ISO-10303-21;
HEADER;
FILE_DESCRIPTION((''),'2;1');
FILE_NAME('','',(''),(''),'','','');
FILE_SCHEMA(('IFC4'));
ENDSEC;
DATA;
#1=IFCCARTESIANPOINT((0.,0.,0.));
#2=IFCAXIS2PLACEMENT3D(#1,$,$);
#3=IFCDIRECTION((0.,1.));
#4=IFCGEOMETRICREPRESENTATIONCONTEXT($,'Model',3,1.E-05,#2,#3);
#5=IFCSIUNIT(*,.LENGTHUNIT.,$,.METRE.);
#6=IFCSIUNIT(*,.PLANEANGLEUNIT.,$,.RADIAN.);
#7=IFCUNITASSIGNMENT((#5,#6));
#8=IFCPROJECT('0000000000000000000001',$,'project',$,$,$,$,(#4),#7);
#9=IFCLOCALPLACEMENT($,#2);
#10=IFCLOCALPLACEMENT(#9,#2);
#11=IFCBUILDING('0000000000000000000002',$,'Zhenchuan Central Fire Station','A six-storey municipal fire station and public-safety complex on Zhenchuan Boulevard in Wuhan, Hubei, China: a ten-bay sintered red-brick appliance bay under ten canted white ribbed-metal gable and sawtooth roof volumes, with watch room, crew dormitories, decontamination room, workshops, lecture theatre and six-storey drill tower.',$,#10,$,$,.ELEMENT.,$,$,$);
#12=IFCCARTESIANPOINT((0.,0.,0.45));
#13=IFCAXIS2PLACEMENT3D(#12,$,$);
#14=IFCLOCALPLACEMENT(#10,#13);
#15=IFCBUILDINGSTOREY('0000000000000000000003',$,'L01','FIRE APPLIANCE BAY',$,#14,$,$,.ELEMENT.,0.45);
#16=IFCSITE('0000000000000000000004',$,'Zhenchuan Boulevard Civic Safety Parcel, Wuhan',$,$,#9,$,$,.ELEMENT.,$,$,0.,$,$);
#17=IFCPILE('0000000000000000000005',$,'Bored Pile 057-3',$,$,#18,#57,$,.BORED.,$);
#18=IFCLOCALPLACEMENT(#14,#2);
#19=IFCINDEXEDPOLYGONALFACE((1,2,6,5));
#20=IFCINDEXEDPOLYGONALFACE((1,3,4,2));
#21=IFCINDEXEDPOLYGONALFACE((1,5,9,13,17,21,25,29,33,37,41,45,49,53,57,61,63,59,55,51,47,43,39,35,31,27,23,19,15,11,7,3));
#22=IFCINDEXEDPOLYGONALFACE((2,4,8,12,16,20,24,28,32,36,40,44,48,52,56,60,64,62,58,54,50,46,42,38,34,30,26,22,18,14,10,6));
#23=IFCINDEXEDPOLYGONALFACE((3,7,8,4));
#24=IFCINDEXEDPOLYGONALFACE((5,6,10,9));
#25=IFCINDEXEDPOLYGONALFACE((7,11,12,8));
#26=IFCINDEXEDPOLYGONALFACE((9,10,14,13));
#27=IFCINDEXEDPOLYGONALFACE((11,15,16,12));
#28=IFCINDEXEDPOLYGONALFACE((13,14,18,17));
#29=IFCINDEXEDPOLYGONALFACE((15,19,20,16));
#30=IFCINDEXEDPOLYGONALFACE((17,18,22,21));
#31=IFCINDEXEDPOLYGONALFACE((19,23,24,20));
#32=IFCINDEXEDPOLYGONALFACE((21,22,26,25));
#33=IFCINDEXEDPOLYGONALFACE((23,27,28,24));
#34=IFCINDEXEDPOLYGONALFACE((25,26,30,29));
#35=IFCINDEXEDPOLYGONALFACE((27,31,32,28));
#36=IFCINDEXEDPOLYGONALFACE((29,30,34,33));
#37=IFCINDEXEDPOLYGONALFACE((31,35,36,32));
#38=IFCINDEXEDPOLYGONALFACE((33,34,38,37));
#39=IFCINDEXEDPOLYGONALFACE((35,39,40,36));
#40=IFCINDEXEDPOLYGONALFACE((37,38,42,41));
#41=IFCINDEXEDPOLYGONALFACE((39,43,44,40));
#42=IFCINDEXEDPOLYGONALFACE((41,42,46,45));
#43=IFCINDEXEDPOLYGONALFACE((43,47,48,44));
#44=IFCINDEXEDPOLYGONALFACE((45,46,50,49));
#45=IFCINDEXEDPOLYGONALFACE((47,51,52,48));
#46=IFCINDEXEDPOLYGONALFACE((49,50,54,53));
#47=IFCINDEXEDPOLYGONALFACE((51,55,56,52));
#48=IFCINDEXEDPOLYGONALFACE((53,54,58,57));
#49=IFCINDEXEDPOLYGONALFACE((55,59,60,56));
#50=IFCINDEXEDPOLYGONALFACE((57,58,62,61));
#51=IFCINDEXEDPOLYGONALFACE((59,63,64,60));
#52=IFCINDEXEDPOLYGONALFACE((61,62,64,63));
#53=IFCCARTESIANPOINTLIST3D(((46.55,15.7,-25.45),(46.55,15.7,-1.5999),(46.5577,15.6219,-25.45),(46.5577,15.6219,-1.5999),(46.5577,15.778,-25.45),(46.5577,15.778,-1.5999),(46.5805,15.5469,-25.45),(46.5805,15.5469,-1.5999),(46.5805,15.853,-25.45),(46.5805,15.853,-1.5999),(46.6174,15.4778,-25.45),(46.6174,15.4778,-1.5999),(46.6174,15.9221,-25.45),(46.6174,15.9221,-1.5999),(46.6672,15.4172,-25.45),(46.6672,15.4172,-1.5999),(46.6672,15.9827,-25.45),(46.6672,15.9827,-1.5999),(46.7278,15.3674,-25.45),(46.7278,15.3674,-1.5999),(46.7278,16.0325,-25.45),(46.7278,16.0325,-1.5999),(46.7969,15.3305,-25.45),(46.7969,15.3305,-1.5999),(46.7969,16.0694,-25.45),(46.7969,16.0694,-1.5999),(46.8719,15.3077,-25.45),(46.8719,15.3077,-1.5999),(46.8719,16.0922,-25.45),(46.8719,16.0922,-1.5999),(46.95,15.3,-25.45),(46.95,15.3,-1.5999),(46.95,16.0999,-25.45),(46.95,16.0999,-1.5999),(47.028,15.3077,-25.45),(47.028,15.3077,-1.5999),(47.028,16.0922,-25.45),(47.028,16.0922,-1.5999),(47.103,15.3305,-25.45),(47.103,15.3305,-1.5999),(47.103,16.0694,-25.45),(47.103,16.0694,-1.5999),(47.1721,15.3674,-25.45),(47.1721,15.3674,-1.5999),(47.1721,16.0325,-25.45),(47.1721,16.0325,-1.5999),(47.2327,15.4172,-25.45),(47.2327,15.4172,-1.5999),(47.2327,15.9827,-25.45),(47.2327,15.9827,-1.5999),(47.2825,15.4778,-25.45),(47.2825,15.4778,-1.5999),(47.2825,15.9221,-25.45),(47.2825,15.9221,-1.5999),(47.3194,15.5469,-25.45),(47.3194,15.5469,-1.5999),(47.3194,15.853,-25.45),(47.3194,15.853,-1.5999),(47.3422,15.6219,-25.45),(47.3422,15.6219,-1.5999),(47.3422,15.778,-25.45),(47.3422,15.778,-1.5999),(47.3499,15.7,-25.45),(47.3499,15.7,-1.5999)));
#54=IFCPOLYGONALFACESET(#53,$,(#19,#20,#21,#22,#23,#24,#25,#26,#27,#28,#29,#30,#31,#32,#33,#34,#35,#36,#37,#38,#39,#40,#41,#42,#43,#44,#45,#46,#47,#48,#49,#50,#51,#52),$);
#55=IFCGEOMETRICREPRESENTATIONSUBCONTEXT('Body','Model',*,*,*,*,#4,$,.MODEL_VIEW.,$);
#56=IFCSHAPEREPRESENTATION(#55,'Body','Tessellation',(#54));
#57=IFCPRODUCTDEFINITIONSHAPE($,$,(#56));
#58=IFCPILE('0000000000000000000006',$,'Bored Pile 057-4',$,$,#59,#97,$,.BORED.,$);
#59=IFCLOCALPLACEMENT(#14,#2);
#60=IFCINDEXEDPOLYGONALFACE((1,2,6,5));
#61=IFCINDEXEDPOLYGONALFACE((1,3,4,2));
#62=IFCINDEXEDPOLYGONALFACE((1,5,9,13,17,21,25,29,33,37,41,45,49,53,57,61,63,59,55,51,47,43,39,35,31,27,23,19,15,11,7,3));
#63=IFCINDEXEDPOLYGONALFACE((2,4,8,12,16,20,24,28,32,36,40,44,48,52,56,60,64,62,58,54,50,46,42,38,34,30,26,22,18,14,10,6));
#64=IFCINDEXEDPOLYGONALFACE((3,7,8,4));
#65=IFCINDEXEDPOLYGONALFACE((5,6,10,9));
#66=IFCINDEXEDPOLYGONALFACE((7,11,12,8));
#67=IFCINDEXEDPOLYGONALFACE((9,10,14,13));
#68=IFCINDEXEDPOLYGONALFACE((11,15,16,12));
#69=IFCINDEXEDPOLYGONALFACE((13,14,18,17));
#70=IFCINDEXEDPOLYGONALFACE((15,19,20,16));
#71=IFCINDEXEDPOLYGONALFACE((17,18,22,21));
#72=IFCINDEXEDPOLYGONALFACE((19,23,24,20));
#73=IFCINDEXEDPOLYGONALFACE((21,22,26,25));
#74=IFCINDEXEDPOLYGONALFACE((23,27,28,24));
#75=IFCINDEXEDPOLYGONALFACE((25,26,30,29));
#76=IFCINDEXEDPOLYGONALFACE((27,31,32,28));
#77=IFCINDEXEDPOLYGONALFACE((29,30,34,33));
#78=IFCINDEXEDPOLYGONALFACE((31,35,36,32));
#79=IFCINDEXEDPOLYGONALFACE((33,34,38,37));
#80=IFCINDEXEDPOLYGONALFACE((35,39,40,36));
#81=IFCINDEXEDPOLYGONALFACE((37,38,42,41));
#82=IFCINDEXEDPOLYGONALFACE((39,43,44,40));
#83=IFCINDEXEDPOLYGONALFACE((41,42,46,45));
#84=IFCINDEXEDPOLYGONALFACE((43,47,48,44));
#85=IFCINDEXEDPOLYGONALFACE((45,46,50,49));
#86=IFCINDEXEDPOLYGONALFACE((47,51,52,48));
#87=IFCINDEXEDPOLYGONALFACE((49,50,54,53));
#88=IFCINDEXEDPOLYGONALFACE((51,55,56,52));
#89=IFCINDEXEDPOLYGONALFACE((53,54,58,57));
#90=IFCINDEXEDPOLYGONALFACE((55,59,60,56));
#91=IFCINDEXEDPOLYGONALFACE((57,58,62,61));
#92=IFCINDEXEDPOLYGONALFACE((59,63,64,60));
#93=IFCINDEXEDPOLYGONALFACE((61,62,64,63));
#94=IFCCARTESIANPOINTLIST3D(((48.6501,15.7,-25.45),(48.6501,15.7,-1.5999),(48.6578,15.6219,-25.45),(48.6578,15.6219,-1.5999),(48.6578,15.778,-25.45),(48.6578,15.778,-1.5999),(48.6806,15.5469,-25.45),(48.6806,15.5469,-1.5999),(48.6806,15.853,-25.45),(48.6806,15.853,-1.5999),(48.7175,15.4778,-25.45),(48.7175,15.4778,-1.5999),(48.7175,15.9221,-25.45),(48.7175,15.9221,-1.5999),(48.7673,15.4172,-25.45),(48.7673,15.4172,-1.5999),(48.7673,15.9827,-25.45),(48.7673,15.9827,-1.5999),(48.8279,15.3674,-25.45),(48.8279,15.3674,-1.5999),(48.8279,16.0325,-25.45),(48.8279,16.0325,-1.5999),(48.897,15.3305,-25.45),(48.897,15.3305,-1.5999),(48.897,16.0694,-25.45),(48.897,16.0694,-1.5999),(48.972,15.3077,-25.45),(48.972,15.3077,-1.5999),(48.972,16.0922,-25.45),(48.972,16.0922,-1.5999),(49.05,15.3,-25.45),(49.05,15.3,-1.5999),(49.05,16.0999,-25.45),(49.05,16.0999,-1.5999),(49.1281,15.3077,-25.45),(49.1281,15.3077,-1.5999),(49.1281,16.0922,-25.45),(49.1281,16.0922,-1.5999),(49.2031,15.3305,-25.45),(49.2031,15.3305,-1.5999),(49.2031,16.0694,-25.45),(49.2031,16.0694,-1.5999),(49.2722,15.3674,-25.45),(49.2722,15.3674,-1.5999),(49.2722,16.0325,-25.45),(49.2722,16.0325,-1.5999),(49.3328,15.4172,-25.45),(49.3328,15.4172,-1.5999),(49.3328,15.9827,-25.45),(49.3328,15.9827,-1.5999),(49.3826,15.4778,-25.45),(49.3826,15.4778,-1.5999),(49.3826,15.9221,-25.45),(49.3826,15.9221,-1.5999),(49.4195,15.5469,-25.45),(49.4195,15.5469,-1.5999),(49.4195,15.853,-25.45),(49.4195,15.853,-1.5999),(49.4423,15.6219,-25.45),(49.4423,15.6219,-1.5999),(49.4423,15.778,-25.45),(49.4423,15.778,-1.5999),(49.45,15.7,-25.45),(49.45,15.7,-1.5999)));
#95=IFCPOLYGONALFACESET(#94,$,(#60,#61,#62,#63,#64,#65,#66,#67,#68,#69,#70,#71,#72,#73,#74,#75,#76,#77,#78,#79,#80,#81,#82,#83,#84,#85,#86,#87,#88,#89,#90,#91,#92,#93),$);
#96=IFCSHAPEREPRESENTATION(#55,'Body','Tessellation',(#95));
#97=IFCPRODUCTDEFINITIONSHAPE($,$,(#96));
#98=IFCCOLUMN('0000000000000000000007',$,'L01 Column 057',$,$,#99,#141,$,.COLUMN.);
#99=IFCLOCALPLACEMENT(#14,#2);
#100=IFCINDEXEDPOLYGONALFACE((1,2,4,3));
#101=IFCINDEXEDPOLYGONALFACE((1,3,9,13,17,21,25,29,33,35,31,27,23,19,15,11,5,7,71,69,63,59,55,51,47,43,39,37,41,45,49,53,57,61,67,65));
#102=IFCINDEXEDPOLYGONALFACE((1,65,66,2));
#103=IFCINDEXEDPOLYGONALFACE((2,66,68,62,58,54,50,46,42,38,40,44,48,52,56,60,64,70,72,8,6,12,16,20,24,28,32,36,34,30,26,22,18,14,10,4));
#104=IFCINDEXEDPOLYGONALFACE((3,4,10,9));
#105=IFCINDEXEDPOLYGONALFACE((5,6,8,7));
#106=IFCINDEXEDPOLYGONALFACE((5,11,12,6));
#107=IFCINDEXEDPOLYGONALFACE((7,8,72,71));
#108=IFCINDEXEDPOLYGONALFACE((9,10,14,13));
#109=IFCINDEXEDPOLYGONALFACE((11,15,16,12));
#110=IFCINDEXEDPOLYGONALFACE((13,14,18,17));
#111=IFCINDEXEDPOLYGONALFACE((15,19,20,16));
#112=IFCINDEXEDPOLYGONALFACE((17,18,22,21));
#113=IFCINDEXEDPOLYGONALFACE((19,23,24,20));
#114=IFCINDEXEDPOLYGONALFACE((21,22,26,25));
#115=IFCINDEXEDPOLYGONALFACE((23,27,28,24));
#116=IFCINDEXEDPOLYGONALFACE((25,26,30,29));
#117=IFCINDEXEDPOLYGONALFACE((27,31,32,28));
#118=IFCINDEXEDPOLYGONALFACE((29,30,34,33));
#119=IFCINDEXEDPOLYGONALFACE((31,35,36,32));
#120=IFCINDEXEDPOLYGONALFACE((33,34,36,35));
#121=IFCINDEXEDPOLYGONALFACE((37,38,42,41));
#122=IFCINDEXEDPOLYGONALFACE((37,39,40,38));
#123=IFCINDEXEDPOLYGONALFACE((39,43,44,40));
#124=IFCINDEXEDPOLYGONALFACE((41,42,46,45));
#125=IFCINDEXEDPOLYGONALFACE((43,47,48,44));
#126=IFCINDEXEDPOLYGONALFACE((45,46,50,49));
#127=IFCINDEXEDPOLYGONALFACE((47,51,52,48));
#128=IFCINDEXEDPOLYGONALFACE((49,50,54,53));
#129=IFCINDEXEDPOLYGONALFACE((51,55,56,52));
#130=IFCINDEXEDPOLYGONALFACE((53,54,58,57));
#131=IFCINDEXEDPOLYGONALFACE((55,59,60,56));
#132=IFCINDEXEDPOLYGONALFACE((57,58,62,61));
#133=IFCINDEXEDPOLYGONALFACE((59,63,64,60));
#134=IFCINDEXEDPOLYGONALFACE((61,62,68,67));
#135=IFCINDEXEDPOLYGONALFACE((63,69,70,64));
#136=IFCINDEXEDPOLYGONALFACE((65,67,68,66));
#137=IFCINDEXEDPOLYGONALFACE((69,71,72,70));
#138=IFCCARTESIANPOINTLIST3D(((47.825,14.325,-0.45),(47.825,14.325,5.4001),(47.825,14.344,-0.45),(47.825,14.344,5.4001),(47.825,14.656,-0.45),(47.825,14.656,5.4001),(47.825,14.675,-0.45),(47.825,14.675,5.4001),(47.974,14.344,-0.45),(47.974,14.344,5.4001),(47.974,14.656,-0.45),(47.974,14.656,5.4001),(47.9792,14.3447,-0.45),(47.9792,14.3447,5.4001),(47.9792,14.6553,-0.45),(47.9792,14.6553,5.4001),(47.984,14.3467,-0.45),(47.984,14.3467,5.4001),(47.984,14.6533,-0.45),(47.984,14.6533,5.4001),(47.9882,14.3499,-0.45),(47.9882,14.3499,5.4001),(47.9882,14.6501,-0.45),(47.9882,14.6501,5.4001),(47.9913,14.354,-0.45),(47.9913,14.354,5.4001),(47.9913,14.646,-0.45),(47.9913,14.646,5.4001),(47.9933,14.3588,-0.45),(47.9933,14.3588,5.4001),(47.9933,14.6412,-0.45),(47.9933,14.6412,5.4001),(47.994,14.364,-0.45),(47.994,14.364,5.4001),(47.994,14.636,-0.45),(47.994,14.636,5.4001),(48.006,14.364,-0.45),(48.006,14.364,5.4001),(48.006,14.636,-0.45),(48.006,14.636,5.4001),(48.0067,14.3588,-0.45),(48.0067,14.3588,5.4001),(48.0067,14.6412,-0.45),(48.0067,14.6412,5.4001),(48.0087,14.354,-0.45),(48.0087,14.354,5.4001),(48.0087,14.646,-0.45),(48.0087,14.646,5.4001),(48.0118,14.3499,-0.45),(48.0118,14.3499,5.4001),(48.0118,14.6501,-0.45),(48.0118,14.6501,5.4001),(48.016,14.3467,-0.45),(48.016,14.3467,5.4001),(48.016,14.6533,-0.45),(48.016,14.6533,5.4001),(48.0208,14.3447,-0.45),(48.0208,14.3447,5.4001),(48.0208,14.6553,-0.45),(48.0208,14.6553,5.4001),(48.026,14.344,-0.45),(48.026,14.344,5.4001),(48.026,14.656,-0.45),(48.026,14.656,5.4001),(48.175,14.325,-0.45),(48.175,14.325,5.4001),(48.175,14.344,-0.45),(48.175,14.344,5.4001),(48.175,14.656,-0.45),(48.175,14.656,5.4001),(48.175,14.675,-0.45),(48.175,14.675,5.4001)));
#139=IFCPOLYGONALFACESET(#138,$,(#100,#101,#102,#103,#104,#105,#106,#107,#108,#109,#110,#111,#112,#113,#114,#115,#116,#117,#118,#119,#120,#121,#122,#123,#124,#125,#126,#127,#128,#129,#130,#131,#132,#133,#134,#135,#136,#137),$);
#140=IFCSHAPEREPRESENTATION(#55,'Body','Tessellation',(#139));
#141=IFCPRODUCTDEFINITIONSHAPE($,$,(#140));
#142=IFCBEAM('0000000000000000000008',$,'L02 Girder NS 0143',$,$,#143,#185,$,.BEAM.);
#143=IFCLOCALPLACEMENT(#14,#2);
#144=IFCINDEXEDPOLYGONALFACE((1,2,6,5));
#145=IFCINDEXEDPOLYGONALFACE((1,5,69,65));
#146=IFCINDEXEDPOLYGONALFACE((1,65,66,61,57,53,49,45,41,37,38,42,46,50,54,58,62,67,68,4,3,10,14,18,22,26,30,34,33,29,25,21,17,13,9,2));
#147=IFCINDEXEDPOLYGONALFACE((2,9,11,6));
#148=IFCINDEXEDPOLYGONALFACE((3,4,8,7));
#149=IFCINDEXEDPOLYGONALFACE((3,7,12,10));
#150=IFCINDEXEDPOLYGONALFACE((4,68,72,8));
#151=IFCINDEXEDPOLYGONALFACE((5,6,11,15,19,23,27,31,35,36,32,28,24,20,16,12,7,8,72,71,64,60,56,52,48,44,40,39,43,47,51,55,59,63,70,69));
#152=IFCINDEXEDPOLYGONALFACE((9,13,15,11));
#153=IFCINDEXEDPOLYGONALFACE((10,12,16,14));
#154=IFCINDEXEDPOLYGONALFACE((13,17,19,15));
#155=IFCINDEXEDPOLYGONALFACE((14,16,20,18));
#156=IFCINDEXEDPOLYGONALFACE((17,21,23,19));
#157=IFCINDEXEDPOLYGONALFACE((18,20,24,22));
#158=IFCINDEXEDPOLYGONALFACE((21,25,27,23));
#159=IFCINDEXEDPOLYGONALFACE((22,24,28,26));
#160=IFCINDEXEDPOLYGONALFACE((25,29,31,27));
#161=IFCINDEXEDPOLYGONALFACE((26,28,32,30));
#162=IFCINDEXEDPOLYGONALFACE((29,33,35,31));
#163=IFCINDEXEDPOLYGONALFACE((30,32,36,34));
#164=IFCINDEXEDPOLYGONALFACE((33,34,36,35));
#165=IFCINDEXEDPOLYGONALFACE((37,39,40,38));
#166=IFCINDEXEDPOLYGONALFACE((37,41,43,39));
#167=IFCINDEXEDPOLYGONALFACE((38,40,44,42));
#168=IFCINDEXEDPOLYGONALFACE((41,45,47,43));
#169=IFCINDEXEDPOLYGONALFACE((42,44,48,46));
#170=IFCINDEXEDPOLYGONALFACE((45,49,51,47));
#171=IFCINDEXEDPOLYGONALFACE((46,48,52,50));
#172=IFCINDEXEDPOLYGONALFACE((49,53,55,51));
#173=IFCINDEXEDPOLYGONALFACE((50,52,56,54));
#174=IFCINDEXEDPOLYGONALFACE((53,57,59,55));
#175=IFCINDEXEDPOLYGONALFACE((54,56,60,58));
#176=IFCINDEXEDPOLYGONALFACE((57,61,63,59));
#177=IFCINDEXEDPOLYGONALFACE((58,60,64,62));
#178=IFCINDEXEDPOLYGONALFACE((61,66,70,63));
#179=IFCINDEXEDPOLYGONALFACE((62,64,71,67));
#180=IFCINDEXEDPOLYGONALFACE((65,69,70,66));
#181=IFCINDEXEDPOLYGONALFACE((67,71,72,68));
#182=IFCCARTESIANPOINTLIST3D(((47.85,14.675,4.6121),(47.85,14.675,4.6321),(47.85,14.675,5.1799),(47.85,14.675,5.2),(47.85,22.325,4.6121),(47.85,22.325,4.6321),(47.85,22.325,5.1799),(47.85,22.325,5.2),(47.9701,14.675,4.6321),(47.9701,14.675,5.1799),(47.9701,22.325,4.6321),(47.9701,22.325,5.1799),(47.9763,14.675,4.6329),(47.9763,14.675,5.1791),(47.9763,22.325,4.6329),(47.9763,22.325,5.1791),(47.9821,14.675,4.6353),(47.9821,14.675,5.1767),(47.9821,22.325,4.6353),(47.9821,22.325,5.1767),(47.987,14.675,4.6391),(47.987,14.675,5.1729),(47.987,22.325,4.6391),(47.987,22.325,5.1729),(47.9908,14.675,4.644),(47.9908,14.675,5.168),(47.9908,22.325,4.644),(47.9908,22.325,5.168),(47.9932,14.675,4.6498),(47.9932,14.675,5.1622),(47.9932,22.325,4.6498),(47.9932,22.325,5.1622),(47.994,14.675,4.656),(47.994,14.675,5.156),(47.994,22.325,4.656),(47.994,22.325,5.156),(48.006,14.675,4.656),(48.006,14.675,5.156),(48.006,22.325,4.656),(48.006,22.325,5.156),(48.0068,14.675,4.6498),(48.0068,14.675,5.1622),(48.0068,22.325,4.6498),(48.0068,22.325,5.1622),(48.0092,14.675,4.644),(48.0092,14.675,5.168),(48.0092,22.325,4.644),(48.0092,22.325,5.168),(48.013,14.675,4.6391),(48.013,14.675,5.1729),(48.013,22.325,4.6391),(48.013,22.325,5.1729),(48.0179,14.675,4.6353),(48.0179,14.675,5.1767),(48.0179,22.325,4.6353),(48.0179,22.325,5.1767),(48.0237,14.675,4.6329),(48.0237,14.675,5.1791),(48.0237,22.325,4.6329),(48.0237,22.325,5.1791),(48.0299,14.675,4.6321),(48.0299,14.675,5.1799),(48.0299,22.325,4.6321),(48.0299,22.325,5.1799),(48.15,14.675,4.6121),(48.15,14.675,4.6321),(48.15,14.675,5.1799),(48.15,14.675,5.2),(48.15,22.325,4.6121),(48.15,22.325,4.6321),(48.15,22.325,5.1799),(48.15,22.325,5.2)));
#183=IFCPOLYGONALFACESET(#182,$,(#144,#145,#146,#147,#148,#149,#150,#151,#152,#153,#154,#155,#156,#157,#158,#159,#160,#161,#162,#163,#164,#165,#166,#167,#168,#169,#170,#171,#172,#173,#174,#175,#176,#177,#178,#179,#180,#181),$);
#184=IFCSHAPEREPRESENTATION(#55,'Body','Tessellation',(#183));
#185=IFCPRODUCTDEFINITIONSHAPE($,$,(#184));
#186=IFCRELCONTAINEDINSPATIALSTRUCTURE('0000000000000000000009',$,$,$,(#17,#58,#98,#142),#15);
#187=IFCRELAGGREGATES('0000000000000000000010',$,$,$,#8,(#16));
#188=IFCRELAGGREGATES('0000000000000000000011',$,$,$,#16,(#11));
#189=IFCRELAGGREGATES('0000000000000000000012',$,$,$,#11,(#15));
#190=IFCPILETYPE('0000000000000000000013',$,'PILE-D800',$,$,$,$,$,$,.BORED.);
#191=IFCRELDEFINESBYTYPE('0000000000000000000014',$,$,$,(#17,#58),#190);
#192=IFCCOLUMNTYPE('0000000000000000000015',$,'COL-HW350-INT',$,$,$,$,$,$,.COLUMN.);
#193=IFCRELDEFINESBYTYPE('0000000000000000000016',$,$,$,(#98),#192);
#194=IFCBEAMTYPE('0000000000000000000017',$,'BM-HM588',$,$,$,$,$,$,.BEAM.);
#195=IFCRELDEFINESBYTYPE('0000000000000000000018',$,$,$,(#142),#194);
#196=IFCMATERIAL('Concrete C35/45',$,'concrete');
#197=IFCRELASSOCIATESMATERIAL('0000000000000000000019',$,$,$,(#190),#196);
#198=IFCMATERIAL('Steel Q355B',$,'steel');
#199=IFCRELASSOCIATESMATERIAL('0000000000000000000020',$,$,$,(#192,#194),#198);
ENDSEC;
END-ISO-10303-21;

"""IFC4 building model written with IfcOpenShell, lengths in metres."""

from ifc_helpers import new_model, si_unit, direction, frame, origin, origin_2d, place, context, subcontext, project, spatial, circle, i_section, extrude, material, material_profile, profile_set, type_object, element, save


model = new_model("IFC4")

# Units and contexts
model_context = context("Model", 3, precision=1e-05, world=origin(), true_north=direction((0.0, 1.0)))
body_context = subcontext(model_context, "Body", "Model", "MODEL_VIEW")
ifc_project = project(units=[si_unit("LENGTHUNIT", "METRE"), si_unit("PLANEANGLEUNIT", "RADIAN")], contexts=[model_context])

# Site, building, storey
site_placement = place(None, origin())
site = spatial("IfcSite", under=ifc_project, at=site_placement, Name="Zhenchuan Boulevard Civic Safety Parcel, Wuhan", CompositionType="ELEMENT", RefElevation=0.0)
building_placement = place(site_placement, origin())
building = spatial("IfcBuilding", under=site, at=building_placement, Name="Zhenchuan Central Fire Station", Description="A six-storey municipal fire station and public-safety complex on Zhenchuan Boulevard in Wuhan, Hubei, China: a ten-bay sintered red-brick appliance bay under ten canted white ribbed-metal gable and sawtooth roof volumes, with watch room, crew dormitories, decontamination room, workshops, lecture theatre and six-storey drill tower.", CompositionType="ELEMENT")
storey_placement = place(building_placement, frame((0.0, 0.0, 0.45)))
storey = spatial("IfcBuildingStorey", under=building, at=storey_placement, Name="L01", Description="FIRE APPLIANCE BAY", CompositionType="ELEMENT", Elevation=0.45)

# Piles
ifc_material_1 = material(Name="Concrete C35/45", Category="concrete")
ifc_material_profile_1 = material_profile(ifc_material_1, circle(Radius=0.3999, at=origin_2d()), Name="PILE D800")
ifc_profile_set_1 = profile_set([ifc_material_profile_1], Name="Concrete C35/45")
pile_type_1 = type_object("IfcPileType", Name="PILE-D800", PredefinedType="BORED", material=ifc_profile_set_1)
for number, where, z_axis, x_axis, name in (
    (1, (46.95, 15.7, -1.5999), (0.0, 0.0, -1.0), (1.0, 0.0, 0.0), "Bored Pile 057-3"),
    (2, (49.05, 15.7, -1.5999), (0.0, 0.0, -1.0), (1.0, 0.0, 0.0), "Bored Pile 057-4"),
):
    element("IfcPile", number, at=place(storey_placement, frame(where, z_axis=z_axis, x_axis=x_axis)), inside=storey, type_object=pile_type_1, Name=name, PredefinedType="BORED", context=body_context, shape_type="SweptSolid", body=[
        extrude(circle(Radius=0.3999, at=origin_2d()), origin(), (0.0, 0.0, 1.0), 23.8501),
    ])

# Column
ifc_material_2 = material(Name="Steel Q355B", Category="steel")
ifc_material_profile_2 = material_profile(ifc_material_2, i_section(OverallWidth=0.3501, OverallDepth=0.3501, WebThickness=0.012, FlangeThickness=0.019, FilletRadius=0.02, at=origin_2d()), Name="HW 350x350")
ifc_profile_set_2 = profile_set([ifc_material_profile_2], Name="Steel Q355B")
column_type = type_object("IfcColumnType", Name="COL-HW350-INT", PredefinedType="COLUMN", material=ifc_profile_set_2)
column_placement = place(storey_placement, frame((48.0, 14.5, -0.45), z_axis=(0.0, 0.0, 1.0), x_axis=(1.0, 0.0, 0.0)))
element("IfcColumn", 3, at=column_placement, inside=storey, type_object=column_type, Name="L01 Column 057", PredefinedType="COLUMN", context=body_context, shape_type="SweptSolid", body=[
    extrude(i_section(OverallWidth=0.3501, OverallDepth=0.3501, WebThickness=0.012, FlangeThickness=0.019, FilletRadius=0.02, at=origin_2d()), origin(), (0.0, 0.0, 1.0), 5.8501),
])

# Beam
ifc_material_profile_3 = material_profile(ifc_material_2, i_section(OverallWidth=0.3, OverallDepth=0.5879, WebThickness=0.012, FlangeThickness=0.02, FilletRadius=0.0239, at=origin_2d()), Name="HM 588x300")
ifc_profile_set_3 = profile_set([ifc_material_profile_3], Name="Steel Q355B")
beam_type_1 = type_object("IfcBeamType", Name="BM-HM588", PredefinedType="BEAM", material=ifc_profile_set_3)
beam_1_placement = place(storey_placement, frame((48.0, 14.675, 4.906), z_axis=(0.0, 1.0, 0.0), x_axis=(-1.0, 0.0, 0.0)))
element("IfcBeam", 4, at=beam_1_placement, inside=storey, type_object=beam_type_1, Name="L02 Girder NS 0143", PredefinedType="BEAM", context=body_context, shape_type="SweptSolid", body=[
    extrude(i_section(OverallWidth=0.3, OverallDepth=0.5879, WebThickness=0.012, FlangeThickness=0.02, FilletRadius=0.0239, at=origin_2d()), origin(), (0.0, 0.0, 1.0), 7.6499),
])

save(model, "model.ifc")
